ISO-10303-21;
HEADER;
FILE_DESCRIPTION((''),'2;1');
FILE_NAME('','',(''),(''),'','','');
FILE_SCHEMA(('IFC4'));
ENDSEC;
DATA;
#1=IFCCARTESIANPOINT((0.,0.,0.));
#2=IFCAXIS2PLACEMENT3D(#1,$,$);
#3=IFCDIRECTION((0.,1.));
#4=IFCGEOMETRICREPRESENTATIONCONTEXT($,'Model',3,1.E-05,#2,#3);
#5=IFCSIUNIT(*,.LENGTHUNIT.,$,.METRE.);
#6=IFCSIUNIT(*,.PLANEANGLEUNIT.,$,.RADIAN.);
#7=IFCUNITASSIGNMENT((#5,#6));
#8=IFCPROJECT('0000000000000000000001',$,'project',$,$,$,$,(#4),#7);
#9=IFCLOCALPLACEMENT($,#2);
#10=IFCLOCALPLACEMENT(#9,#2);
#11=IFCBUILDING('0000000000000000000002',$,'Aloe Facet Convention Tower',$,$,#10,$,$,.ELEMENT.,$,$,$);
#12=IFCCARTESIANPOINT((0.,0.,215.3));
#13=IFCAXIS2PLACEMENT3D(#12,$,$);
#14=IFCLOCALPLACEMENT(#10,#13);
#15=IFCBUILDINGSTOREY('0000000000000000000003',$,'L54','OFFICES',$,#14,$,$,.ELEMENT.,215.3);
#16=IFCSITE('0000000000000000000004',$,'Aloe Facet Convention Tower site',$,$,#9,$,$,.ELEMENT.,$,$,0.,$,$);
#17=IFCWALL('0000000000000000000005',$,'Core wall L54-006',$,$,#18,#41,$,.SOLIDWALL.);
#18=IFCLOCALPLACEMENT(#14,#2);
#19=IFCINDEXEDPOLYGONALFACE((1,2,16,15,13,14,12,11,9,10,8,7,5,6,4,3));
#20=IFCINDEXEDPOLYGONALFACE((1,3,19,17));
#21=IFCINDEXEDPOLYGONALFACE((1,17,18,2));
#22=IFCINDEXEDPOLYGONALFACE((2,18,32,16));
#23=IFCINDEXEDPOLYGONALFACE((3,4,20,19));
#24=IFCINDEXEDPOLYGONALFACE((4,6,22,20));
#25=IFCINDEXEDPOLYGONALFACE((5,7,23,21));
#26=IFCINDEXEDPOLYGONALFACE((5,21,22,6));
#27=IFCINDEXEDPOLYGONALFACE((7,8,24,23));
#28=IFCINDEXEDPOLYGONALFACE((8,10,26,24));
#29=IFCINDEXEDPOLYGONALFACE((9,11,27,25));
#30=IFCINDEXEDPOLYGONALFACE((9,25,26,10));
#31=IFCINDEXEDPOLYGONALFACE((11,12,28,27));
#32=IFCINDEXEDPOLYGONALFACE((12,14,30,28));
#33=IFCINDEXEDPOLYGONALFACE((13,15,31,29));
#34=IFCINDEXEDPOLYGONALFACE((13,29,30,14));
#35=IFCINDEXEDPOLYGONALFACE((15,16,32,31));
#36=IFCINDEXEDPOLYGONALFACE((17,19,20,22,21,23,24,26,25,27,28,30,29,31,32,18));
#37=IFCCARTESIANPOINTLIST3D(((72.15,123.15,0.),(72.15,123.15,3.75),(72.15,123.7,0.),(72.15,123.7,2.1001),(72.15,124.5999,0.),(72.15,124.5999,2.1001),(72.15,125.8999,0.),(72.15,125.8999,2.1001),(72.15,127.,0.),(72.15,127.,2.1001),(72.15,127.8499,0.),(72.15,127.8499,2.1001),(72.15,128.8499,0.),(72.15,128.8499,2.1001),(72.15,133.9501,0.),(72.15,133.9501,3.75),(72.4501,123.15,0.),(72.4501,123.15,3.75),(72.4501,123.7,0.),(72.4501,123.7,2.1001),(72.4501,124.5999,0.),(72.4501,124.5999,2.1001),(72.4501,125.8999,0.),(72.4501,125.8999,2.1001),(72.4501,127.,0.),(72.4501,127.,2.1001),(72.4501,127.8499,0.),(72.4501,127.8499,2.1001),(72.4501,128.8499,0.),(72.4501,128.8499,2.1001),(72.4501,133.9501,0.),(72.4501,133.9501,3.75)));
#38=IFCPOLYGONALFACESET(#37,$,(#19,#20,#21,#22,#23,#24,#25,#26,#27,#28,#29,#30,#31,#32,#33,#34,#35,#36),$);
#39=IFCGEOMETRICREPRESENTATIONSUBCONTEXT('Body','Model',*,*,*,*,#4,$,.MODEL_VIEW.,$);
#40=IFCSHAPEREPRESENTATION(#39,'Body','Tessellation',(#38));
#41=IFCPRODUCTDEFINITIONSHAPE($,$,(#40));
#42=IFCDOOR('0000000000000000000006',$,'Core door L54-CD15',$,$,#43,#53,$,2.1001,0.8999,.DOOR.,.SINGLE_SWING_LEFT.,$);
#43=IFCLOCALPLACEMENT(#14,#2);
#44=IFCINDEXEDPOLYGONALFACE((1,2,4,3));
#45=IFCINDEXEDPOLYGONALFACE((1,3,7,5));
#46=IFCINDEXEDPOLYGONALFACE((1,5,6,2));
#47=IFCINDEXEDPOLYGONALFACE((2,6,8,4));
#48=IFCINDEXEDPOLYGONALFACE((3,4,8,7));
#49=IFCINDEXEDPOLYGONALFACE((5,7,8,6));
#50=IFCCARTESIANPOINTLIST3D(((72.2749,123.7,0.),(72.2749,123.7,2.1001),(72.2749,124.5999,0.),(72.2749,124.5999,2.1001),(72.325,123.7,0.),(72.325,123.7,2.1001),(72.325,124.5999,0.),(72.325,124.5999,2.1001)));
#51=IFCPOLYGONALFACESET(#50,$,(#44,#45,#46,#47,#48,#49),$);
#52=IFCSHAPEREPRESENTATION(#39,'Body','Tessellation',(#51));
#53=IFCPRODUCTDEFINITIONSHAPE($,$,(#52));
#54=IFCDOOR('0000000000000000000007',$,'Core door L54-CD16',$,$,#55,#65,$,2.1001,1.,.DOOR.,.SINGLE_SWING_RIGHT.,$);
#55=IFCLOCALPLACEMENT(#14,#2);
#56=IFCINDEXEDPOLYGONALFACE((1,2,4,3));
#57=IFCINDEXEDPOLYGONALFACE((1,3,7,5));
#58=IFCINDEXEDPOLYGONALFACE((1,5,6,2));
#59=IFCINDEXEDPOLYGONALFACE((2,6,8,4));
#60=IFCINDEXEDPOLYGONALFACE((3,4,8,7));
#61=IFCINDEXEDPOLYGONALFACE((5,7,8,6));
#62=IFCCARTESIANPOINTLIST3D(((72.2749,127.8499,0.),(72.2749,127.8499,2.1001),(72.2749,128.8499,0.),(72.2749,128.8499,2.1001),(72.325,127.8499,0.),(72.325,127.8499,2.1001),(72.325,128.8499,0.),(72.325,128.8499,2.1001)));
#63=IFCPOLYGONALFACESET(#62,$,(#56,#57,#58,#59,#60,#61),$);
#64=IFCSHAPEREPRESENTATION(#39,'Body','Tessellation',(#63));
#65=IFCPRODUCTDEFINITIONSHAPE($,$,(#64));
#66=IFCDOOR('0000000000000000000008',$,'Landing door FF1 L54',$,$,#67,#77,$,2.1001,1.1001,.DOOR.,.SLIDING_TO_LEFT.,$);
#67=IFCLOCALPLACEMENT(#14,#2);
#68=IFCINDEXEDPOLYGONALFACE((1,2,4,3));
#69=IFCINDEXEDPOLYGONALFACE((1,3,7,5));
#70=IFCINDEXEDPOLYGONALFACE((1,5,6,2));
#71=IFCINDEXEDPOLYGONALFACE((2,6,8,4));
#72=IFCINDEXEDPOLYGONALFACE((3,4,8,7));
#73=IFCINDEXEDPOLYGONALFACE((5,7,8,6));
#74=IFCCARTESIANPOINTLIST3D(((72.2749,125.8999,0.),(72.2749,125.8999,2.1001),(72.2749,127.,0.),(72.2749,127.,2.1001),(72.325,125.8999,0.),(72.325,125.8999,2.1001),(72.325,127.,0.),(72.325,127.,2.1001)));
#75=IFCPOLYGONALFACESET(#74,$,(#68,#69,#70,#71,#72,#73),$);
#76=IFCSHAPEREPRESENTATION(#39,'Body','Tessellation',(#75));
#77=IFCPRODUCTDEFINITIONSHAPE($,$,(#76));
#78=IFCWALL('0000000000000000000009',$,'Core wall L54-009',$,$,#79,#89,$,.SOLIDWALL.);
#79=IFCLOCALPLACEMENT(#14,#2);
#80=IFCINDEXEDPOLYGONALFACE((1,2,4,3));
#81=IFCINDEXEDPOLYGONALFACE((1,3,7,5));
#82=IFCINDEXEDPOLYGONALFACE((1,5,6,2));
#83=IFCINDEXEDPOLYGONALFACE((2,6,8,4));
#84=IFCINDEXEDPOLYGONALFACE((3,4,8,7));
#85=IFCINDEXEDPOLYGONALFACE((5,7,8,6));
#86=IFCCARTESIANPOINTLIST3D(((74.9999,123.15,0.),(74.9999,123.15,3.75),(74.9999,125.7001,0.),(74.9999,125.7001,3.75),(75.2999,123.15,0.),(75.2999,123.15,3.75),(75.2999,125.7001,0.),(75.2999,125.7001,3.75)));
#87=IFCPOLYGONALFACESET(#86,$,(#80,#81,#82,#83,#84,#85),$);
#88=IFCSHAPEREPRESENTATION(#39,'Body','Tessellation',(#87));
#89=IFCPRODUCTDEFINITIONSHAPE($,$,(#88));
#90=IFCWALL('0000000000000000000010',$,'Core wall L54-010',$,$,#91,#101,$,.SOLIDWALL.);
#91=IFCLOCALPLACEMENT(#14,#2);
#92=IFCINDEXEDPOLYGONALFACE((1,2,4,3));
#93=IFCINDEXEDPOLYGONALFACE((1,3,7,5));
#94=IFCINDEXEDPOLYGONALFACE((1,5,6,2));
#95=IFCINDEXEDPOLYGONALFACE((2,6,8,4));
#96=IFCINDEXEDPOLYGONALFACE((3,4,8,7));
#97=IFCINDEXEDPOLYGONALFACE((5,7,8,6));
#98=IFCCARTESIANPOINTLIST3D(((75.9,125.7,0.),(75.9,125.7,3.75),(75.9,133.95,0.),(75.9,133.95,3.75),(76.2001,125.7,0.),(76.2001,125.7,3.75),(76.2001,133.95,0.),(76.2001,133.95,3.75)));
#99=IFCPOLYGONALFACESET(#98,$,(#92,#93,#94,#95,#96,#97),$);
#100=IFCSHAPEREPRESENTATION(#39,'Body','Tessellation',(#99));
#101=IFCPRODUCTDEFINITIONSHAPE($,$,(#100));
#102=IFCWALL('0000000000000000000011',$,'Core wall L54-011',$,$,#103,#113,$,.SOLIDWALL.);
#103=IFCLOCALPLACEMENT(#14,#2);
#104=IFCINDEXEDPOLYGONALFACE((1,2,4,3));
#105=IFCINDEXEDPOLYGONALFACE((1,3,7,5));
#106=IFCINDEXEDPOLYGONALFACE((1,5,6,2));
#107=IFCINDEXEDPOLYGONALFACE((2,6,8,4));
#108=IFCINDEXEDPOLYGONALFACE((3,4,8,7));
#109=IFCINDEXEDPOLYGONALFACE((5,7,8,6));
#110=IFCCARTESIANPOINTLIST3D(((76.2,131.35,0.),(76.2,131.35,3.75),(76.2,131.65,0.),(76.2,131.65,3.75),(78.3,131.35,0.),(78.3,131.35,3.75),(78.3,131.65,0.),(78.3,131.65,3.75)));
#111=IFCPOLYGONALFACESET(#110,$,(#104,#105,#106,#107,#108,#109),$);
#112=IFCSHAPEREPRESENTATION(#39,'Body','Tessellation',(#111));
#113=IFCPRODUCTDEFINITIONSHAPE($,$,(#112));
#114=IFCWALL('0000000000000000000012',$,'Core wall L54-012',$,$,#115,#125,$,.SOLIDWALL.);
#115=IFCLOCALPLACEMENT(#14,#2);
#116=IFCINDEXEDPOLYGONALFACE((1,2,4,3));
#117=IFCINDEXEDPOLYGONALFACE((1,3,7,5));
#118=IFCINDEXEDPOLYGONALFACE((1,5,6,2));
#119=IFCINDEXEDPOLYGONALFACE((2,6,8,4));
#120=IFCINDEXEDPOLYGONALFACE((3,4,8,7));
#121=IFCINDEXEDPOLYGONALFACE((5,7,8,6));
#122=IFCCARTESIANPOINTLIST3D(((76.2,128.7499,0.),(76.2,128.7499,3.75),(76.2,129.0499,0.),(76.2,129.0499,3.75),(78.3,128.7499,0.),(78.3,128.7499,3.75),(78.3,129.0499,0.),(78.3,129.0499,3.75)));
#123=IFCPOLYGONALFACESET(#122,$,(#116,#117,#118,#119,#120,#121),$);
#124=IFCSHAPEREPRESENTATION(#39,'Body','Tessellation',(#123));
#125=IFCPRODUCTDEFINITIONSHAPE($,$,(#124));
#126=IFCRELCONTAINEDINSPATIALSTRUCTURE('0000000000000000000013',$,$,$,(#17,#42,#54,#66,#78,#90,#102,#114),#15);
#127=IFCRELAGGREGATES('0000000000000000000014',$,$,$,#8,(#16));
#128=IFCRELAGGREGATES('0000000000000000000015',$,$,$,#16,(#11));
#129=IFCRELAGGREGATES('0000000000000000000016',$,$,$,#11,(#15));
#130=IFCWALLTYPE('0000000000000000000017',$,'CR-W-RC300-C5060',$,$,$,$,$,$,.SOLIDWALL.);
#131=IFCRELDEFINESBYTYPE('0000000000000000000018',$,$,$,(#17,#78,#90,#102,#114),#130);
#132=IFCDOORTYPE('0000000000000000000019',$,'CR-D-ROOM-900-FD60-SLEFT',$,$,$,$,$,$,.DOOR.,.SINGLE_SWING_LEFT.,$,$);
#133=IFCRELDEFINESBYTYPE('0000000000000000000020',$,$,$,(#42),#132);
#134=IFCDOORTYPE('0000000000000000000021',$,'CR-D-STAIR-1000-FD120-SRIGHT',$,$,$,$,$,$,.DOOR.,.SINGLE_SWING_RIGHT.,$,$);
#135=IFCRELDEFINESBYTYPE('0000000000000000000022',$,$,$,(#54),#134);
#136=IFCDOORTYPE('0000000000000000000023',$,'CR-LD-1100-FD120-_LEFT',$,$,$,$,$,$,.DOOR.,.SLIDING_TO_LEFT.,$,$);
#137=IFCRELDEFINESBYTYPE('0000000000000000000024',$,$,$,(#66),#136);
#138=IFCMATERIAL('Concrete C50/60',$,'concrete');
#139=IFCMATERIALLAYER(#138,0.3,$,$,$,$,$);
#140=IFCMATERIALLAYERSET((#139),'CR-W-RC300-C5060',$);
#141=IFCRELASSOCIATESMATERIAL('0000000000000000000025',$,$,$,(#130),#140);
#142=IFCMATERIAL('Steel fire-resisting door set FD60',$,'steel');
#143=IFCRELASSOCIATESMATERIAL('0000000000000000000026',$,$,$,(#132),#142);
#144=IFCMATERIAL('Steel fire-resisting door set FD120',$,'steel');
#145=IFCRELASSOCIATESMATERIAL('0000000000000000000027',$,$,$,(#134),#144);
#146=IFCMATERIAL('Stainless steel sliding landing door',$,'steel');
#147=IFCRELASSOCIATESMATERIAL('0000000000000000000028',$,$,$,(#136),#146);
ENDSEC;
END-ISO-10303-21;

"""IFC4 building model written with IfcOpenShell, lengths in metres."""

from ifc_helpers import new_model, si_unit, direction, frame, frame_2d, origin, place, context, subcontext, project, spatial, rectangle, extrude, material, layer, layer_set, type_object, element, fill, save


model = new_model("IFC4")

# Units and contexts
model_context = context("Model", 3, precision=1e-05, world=origin(), true_north=direction((0.0, 1.0)))
body_context = subcontext(model_context, "Body", "Model", "MODEL_VIEW")
ifc_project = project(units=[si_unit("LENGTHUNIT", "METRE"), si_unit("PLANEANGLEUNIT", "RADIAN")], contexts=[model_context])

# Site, building, storey
site_placement = place(None, origin())
site = spatial("IfcSite", under=ifc_project, at=site_placement, Name="Aloe Facet Convention Tower site", CompositionType="ELEMENT", RefElevation=0.0)
building_placement = place(site_placement, origin())
building = spatial("IfcBuilding", under=site, at=building_placement, Name="Aloe Facet Convention Tower", CompositionType="ELEMENT")
storey_placement = place(building_placement, frame((0.0, 0.0, 215.3)))
storey = spatial("IfcBuildingStorey", under=building, at=storey_placement, Name="L54", Description="OFFICES", CompositionType="ELEMENT", Elevation=215.3)

# Wall, openings, doors
ifc_material_1 = material(Name="Concrete C50/60", Category="concrete")
ifc_layer_1 = layer(ifc_material_1, 0.3)
ifc_layer_set_1 = layer_set([ifc_layer_1], Name="CR-W-RC300-C5060")
wall_type_1 = type_object("IfcWallType", Name="CR-W-RC300-C5060", PredefinedType="SOLIDWALL", material=ifc_layer_set_1)
wall_1_placement = place(storey_placement, frame((72.3, 133.95, 0.0), z_axis=(0.0, 0.0, 1.0), x_axis=(0.0, -1.0, 0.0)))
wall_1 = element("IfcWall", 1, at=wall_1_placement, inside=storey, type_object=wall_type_1, Name="Core wall L54-006", PredefinedType="SOLIDWALL", context=body_context, shape_type="SweptSolid", body=[
    extrude(rectangle(XDim=10.8, YDim=0.3, at=frame_2d((5.3999, 0.0))), origin(), (0.0, 0.0, 1.0), 3.75),
])
opening_1_placement = place(wall_1_placement, frame((6.95, 0.0, 0.0)))
opening_1 = element("IfcOpeningElement", 2, at=opening_1_placement, cuts=wall_1, PredefinedType="OPENING", context=body_context, shape_type="SweptSolid", body=[
    extrude(rectangle(XDim=1.1001, YDim=2.1001, at=frame_2d((0.55, 1.05))), frame((0.0, 0.1602, 0.0), z_axis=(0.0, -1.0, 0.0), x_axis=(1.0, 0.0, 0.0)), (0.0, 0.0, 1.0), 0.3201),
])
opening_2_placement = place(wall_1_placement, frame((9.3501, 0.0, 0.0)))
opening_2 = element("IfcOpeningElement", 3, at=opening_2_placement, cuts=wall_1, PredefinedType="OPENING", context=body_context, shape_type="SweptSolid", body=[
    extrude(rectangle(XDim=0.8999, YDim=2.1001, at=frame_2d((0.45, 1.05))), frame((0.0, 0.1602, 0.0), z_axis=(0.0, -1.0, 0.0), x_axis=(1.0, 0.0, 0.0)), (0.0, 0.0, 1.0), 0.3201),
])
opening_3_placement = place(wall_1_placement, frame((5.1001, 0.0, 0.0)))
opening_3 = element("IfcOpeningElement", 4, at=opening_3_placement, cuts=wall_1, PredefinedType="OPENING", context=body_context, shape_type="SweptSolid", body=[
    extrude(rectangle(XDim=1.0, YDim=2.1001, at=frame_2d((0.5, 1.05))), frame((0.0, 0.1602, 0.0), z_axis=(0.0, -1.0, 0.0), x_axis=(1.0, 0.0, 0.0)), (0.0, 0.0, 1.0), 0.3201),
])
ifc_material_2 = material(Name="Steel fire-resisting door set FD60", Category="steel")
door_type_1 = type_object("IfcDoorType", Name="CR-D-ROOM-900-FD60-SLEFT", OperationType="SINGLE_SWING_LEFT", PredefinedType="DOOR", material=ifc_material_2)
door_1_placement = place(opening_2_placement, origin())
door_1 = element("IfcDoor", 5, at=door_1_placement, inside=storey, type_object=door_type_1, Name="Core door L54-CD15", OperationType="SINGLE_SWING_LEFT", OverallHeight=2.1001, OverallWidth=0.8999, PredefinedType="DOOR", context=body_context, shape_type="SweptSolid", body=[
    extrude(rectangle(XDim=0.8999, YDim=2.1001, at=frame_2d((0.45, 1.05))), frame((0.0, 0.0249, 0.0), z_axis=(0.0, -1.0, 0.0), x_axis=(1.0, 0.0, 0.0)), (0.0, 0.0, 1.0), 0.05),
])
fill(opening_2, door_1)
ifc_material_3 = material(Name="Steel fire-resisting door set FD120", Category="steel")
door_type_2 = type_object("IfcDoorType", Name="CR-D-STAIR-1000-FD120-SRIGHT", OperationType="SINGLE_SWING_RIGHT", PredefinedType="DOOR", material=ifc_material_3)
door_2_placement = place(opening_3_placement, origin())
door_2 = element("IfcDoor", 6, at=door_2_placement, inside=storey, type_object=door_type_2, Name="Core door L54-CD16", OperationType="SINGLE_SWING_RIGHT", OverallHeight=2.1001, OverallWidth=1.0, PredefinedType="DOOR", context=body_context, shape_type="SweptSolid", body=[
    extrude(rectangle(XDim=1.0, YDim=2.1001, at=frame_2d((0.5, 1.05))), frame((0.0, 0.0249, 0.0), z_axis=(0.0, -1.0, 0.0), x_axis=(1.0, 0.0, 0.0)), (0.0, 0.0, 1.0), 0.05),
])
fill(opening_3, door_2)
ifc_material_4 = material(Name="Stainless steel sliding landing door", Category="steel")
door_type_3 = type_object("IfcDoorType", Name="CR-LD-1100-FD120-_LEFT", OperationType="SLIDING_TO_LEFT", PredefinedType="DOOR", material=ifc_material_4)
door_3_placement = place(opening_1_placement, origin())
door_3 = element("IfcDoor", 7, at=door_3_placement, inside=storey, type_object=door_type_3, Name="Landing door FF1 L54", OperationType="SLIDING_TO_LEFT", OverallHeight=2.1001, OverallWidth=1.1001, PredefinedType="DOOR", context=body_context, shape_type="SweptSolid", body=[
    extrude(rectangle(XDim=1.1001, YDim=2.1001, at=frame_2d((0.55, 1.05))), frame((0.0, 0.0249, 0.0), z_axis=(0.0, -1.0, 0.0), x_axis=(1.0, 0.0, 0.0)), (0.0, 0.0, 1.0), 0.05),
])
fill(opening_1, door_3)

# Walls
wall_2_placement = place(storey_placement, frame((75.1499, 125.7, 0.0), z_axis=(0.0, 0.0, 1.0), x_axis=(0.0, -1.0, 0.0)))
element("IfcWall", 8, at=wall_2_placement, inside=storey, type_object=wall_type_1, Name="Core wall L54-009", PredefinedType="SOLIDWALL", context=body_context, shape_type="SweptSolid", body=[
    extrude(rectangle(XDim=2.55, YDim=0.3, at=frame_2d((1.2749, 0.0))), origin(), (0.0, 0.0, 1.0), 3.75),
])
wall_3_placement = place(storey_placement, frame((76.05, 133.95, 0.0), z_axis=(0.0, 0.0, 1.0), x_axis=(0.0, -1.0, 0.0)))
element("IfcWall", 9, at=wall_3_placement, inside=storey, type_object=wall_type_1, Name="Core wall L54-010", PredefinedType="SOLIDWALL", context=body_context, shape_type="SweptSolid", body=[
    extrude(rectangle(XDim=8.25, YDim=0.3, at=frame_2d((4.125, 0.0))), origin(), (0.0, 0.0, 1.0), 3.75),
])
for number, where, z_axis, x_axis, name in (
    (10, (76.2, 131.5, 0.0), (0.0, 0.0, 1.0), (1.0, 0.0, 0.0), "Core wall L54-011"),
    (11, (76.2, 128.8999, 0.0), (0.0, 0.0, 1.0), (1.0, 0.0, 0.0), "Core wall L54-012"),
):
    element("IfcWall", number, at=place(storey_placement, frame(where, z_axis=z_axis, x_axis=x_axis)), inside=storey, type_object=wall_type_1, Name=name, PredefinedType="SOLIDWALL", context=body_context, shape_type="SweptSolid", body=[
        extrude(rectangle(XDim=2.1001, YDim=0.3, at=frame_2d((1.05, 0.0))), origin(), (0.0, 0.0, 1.0), 3.75),
    ])

save(model, "model.ifc")
